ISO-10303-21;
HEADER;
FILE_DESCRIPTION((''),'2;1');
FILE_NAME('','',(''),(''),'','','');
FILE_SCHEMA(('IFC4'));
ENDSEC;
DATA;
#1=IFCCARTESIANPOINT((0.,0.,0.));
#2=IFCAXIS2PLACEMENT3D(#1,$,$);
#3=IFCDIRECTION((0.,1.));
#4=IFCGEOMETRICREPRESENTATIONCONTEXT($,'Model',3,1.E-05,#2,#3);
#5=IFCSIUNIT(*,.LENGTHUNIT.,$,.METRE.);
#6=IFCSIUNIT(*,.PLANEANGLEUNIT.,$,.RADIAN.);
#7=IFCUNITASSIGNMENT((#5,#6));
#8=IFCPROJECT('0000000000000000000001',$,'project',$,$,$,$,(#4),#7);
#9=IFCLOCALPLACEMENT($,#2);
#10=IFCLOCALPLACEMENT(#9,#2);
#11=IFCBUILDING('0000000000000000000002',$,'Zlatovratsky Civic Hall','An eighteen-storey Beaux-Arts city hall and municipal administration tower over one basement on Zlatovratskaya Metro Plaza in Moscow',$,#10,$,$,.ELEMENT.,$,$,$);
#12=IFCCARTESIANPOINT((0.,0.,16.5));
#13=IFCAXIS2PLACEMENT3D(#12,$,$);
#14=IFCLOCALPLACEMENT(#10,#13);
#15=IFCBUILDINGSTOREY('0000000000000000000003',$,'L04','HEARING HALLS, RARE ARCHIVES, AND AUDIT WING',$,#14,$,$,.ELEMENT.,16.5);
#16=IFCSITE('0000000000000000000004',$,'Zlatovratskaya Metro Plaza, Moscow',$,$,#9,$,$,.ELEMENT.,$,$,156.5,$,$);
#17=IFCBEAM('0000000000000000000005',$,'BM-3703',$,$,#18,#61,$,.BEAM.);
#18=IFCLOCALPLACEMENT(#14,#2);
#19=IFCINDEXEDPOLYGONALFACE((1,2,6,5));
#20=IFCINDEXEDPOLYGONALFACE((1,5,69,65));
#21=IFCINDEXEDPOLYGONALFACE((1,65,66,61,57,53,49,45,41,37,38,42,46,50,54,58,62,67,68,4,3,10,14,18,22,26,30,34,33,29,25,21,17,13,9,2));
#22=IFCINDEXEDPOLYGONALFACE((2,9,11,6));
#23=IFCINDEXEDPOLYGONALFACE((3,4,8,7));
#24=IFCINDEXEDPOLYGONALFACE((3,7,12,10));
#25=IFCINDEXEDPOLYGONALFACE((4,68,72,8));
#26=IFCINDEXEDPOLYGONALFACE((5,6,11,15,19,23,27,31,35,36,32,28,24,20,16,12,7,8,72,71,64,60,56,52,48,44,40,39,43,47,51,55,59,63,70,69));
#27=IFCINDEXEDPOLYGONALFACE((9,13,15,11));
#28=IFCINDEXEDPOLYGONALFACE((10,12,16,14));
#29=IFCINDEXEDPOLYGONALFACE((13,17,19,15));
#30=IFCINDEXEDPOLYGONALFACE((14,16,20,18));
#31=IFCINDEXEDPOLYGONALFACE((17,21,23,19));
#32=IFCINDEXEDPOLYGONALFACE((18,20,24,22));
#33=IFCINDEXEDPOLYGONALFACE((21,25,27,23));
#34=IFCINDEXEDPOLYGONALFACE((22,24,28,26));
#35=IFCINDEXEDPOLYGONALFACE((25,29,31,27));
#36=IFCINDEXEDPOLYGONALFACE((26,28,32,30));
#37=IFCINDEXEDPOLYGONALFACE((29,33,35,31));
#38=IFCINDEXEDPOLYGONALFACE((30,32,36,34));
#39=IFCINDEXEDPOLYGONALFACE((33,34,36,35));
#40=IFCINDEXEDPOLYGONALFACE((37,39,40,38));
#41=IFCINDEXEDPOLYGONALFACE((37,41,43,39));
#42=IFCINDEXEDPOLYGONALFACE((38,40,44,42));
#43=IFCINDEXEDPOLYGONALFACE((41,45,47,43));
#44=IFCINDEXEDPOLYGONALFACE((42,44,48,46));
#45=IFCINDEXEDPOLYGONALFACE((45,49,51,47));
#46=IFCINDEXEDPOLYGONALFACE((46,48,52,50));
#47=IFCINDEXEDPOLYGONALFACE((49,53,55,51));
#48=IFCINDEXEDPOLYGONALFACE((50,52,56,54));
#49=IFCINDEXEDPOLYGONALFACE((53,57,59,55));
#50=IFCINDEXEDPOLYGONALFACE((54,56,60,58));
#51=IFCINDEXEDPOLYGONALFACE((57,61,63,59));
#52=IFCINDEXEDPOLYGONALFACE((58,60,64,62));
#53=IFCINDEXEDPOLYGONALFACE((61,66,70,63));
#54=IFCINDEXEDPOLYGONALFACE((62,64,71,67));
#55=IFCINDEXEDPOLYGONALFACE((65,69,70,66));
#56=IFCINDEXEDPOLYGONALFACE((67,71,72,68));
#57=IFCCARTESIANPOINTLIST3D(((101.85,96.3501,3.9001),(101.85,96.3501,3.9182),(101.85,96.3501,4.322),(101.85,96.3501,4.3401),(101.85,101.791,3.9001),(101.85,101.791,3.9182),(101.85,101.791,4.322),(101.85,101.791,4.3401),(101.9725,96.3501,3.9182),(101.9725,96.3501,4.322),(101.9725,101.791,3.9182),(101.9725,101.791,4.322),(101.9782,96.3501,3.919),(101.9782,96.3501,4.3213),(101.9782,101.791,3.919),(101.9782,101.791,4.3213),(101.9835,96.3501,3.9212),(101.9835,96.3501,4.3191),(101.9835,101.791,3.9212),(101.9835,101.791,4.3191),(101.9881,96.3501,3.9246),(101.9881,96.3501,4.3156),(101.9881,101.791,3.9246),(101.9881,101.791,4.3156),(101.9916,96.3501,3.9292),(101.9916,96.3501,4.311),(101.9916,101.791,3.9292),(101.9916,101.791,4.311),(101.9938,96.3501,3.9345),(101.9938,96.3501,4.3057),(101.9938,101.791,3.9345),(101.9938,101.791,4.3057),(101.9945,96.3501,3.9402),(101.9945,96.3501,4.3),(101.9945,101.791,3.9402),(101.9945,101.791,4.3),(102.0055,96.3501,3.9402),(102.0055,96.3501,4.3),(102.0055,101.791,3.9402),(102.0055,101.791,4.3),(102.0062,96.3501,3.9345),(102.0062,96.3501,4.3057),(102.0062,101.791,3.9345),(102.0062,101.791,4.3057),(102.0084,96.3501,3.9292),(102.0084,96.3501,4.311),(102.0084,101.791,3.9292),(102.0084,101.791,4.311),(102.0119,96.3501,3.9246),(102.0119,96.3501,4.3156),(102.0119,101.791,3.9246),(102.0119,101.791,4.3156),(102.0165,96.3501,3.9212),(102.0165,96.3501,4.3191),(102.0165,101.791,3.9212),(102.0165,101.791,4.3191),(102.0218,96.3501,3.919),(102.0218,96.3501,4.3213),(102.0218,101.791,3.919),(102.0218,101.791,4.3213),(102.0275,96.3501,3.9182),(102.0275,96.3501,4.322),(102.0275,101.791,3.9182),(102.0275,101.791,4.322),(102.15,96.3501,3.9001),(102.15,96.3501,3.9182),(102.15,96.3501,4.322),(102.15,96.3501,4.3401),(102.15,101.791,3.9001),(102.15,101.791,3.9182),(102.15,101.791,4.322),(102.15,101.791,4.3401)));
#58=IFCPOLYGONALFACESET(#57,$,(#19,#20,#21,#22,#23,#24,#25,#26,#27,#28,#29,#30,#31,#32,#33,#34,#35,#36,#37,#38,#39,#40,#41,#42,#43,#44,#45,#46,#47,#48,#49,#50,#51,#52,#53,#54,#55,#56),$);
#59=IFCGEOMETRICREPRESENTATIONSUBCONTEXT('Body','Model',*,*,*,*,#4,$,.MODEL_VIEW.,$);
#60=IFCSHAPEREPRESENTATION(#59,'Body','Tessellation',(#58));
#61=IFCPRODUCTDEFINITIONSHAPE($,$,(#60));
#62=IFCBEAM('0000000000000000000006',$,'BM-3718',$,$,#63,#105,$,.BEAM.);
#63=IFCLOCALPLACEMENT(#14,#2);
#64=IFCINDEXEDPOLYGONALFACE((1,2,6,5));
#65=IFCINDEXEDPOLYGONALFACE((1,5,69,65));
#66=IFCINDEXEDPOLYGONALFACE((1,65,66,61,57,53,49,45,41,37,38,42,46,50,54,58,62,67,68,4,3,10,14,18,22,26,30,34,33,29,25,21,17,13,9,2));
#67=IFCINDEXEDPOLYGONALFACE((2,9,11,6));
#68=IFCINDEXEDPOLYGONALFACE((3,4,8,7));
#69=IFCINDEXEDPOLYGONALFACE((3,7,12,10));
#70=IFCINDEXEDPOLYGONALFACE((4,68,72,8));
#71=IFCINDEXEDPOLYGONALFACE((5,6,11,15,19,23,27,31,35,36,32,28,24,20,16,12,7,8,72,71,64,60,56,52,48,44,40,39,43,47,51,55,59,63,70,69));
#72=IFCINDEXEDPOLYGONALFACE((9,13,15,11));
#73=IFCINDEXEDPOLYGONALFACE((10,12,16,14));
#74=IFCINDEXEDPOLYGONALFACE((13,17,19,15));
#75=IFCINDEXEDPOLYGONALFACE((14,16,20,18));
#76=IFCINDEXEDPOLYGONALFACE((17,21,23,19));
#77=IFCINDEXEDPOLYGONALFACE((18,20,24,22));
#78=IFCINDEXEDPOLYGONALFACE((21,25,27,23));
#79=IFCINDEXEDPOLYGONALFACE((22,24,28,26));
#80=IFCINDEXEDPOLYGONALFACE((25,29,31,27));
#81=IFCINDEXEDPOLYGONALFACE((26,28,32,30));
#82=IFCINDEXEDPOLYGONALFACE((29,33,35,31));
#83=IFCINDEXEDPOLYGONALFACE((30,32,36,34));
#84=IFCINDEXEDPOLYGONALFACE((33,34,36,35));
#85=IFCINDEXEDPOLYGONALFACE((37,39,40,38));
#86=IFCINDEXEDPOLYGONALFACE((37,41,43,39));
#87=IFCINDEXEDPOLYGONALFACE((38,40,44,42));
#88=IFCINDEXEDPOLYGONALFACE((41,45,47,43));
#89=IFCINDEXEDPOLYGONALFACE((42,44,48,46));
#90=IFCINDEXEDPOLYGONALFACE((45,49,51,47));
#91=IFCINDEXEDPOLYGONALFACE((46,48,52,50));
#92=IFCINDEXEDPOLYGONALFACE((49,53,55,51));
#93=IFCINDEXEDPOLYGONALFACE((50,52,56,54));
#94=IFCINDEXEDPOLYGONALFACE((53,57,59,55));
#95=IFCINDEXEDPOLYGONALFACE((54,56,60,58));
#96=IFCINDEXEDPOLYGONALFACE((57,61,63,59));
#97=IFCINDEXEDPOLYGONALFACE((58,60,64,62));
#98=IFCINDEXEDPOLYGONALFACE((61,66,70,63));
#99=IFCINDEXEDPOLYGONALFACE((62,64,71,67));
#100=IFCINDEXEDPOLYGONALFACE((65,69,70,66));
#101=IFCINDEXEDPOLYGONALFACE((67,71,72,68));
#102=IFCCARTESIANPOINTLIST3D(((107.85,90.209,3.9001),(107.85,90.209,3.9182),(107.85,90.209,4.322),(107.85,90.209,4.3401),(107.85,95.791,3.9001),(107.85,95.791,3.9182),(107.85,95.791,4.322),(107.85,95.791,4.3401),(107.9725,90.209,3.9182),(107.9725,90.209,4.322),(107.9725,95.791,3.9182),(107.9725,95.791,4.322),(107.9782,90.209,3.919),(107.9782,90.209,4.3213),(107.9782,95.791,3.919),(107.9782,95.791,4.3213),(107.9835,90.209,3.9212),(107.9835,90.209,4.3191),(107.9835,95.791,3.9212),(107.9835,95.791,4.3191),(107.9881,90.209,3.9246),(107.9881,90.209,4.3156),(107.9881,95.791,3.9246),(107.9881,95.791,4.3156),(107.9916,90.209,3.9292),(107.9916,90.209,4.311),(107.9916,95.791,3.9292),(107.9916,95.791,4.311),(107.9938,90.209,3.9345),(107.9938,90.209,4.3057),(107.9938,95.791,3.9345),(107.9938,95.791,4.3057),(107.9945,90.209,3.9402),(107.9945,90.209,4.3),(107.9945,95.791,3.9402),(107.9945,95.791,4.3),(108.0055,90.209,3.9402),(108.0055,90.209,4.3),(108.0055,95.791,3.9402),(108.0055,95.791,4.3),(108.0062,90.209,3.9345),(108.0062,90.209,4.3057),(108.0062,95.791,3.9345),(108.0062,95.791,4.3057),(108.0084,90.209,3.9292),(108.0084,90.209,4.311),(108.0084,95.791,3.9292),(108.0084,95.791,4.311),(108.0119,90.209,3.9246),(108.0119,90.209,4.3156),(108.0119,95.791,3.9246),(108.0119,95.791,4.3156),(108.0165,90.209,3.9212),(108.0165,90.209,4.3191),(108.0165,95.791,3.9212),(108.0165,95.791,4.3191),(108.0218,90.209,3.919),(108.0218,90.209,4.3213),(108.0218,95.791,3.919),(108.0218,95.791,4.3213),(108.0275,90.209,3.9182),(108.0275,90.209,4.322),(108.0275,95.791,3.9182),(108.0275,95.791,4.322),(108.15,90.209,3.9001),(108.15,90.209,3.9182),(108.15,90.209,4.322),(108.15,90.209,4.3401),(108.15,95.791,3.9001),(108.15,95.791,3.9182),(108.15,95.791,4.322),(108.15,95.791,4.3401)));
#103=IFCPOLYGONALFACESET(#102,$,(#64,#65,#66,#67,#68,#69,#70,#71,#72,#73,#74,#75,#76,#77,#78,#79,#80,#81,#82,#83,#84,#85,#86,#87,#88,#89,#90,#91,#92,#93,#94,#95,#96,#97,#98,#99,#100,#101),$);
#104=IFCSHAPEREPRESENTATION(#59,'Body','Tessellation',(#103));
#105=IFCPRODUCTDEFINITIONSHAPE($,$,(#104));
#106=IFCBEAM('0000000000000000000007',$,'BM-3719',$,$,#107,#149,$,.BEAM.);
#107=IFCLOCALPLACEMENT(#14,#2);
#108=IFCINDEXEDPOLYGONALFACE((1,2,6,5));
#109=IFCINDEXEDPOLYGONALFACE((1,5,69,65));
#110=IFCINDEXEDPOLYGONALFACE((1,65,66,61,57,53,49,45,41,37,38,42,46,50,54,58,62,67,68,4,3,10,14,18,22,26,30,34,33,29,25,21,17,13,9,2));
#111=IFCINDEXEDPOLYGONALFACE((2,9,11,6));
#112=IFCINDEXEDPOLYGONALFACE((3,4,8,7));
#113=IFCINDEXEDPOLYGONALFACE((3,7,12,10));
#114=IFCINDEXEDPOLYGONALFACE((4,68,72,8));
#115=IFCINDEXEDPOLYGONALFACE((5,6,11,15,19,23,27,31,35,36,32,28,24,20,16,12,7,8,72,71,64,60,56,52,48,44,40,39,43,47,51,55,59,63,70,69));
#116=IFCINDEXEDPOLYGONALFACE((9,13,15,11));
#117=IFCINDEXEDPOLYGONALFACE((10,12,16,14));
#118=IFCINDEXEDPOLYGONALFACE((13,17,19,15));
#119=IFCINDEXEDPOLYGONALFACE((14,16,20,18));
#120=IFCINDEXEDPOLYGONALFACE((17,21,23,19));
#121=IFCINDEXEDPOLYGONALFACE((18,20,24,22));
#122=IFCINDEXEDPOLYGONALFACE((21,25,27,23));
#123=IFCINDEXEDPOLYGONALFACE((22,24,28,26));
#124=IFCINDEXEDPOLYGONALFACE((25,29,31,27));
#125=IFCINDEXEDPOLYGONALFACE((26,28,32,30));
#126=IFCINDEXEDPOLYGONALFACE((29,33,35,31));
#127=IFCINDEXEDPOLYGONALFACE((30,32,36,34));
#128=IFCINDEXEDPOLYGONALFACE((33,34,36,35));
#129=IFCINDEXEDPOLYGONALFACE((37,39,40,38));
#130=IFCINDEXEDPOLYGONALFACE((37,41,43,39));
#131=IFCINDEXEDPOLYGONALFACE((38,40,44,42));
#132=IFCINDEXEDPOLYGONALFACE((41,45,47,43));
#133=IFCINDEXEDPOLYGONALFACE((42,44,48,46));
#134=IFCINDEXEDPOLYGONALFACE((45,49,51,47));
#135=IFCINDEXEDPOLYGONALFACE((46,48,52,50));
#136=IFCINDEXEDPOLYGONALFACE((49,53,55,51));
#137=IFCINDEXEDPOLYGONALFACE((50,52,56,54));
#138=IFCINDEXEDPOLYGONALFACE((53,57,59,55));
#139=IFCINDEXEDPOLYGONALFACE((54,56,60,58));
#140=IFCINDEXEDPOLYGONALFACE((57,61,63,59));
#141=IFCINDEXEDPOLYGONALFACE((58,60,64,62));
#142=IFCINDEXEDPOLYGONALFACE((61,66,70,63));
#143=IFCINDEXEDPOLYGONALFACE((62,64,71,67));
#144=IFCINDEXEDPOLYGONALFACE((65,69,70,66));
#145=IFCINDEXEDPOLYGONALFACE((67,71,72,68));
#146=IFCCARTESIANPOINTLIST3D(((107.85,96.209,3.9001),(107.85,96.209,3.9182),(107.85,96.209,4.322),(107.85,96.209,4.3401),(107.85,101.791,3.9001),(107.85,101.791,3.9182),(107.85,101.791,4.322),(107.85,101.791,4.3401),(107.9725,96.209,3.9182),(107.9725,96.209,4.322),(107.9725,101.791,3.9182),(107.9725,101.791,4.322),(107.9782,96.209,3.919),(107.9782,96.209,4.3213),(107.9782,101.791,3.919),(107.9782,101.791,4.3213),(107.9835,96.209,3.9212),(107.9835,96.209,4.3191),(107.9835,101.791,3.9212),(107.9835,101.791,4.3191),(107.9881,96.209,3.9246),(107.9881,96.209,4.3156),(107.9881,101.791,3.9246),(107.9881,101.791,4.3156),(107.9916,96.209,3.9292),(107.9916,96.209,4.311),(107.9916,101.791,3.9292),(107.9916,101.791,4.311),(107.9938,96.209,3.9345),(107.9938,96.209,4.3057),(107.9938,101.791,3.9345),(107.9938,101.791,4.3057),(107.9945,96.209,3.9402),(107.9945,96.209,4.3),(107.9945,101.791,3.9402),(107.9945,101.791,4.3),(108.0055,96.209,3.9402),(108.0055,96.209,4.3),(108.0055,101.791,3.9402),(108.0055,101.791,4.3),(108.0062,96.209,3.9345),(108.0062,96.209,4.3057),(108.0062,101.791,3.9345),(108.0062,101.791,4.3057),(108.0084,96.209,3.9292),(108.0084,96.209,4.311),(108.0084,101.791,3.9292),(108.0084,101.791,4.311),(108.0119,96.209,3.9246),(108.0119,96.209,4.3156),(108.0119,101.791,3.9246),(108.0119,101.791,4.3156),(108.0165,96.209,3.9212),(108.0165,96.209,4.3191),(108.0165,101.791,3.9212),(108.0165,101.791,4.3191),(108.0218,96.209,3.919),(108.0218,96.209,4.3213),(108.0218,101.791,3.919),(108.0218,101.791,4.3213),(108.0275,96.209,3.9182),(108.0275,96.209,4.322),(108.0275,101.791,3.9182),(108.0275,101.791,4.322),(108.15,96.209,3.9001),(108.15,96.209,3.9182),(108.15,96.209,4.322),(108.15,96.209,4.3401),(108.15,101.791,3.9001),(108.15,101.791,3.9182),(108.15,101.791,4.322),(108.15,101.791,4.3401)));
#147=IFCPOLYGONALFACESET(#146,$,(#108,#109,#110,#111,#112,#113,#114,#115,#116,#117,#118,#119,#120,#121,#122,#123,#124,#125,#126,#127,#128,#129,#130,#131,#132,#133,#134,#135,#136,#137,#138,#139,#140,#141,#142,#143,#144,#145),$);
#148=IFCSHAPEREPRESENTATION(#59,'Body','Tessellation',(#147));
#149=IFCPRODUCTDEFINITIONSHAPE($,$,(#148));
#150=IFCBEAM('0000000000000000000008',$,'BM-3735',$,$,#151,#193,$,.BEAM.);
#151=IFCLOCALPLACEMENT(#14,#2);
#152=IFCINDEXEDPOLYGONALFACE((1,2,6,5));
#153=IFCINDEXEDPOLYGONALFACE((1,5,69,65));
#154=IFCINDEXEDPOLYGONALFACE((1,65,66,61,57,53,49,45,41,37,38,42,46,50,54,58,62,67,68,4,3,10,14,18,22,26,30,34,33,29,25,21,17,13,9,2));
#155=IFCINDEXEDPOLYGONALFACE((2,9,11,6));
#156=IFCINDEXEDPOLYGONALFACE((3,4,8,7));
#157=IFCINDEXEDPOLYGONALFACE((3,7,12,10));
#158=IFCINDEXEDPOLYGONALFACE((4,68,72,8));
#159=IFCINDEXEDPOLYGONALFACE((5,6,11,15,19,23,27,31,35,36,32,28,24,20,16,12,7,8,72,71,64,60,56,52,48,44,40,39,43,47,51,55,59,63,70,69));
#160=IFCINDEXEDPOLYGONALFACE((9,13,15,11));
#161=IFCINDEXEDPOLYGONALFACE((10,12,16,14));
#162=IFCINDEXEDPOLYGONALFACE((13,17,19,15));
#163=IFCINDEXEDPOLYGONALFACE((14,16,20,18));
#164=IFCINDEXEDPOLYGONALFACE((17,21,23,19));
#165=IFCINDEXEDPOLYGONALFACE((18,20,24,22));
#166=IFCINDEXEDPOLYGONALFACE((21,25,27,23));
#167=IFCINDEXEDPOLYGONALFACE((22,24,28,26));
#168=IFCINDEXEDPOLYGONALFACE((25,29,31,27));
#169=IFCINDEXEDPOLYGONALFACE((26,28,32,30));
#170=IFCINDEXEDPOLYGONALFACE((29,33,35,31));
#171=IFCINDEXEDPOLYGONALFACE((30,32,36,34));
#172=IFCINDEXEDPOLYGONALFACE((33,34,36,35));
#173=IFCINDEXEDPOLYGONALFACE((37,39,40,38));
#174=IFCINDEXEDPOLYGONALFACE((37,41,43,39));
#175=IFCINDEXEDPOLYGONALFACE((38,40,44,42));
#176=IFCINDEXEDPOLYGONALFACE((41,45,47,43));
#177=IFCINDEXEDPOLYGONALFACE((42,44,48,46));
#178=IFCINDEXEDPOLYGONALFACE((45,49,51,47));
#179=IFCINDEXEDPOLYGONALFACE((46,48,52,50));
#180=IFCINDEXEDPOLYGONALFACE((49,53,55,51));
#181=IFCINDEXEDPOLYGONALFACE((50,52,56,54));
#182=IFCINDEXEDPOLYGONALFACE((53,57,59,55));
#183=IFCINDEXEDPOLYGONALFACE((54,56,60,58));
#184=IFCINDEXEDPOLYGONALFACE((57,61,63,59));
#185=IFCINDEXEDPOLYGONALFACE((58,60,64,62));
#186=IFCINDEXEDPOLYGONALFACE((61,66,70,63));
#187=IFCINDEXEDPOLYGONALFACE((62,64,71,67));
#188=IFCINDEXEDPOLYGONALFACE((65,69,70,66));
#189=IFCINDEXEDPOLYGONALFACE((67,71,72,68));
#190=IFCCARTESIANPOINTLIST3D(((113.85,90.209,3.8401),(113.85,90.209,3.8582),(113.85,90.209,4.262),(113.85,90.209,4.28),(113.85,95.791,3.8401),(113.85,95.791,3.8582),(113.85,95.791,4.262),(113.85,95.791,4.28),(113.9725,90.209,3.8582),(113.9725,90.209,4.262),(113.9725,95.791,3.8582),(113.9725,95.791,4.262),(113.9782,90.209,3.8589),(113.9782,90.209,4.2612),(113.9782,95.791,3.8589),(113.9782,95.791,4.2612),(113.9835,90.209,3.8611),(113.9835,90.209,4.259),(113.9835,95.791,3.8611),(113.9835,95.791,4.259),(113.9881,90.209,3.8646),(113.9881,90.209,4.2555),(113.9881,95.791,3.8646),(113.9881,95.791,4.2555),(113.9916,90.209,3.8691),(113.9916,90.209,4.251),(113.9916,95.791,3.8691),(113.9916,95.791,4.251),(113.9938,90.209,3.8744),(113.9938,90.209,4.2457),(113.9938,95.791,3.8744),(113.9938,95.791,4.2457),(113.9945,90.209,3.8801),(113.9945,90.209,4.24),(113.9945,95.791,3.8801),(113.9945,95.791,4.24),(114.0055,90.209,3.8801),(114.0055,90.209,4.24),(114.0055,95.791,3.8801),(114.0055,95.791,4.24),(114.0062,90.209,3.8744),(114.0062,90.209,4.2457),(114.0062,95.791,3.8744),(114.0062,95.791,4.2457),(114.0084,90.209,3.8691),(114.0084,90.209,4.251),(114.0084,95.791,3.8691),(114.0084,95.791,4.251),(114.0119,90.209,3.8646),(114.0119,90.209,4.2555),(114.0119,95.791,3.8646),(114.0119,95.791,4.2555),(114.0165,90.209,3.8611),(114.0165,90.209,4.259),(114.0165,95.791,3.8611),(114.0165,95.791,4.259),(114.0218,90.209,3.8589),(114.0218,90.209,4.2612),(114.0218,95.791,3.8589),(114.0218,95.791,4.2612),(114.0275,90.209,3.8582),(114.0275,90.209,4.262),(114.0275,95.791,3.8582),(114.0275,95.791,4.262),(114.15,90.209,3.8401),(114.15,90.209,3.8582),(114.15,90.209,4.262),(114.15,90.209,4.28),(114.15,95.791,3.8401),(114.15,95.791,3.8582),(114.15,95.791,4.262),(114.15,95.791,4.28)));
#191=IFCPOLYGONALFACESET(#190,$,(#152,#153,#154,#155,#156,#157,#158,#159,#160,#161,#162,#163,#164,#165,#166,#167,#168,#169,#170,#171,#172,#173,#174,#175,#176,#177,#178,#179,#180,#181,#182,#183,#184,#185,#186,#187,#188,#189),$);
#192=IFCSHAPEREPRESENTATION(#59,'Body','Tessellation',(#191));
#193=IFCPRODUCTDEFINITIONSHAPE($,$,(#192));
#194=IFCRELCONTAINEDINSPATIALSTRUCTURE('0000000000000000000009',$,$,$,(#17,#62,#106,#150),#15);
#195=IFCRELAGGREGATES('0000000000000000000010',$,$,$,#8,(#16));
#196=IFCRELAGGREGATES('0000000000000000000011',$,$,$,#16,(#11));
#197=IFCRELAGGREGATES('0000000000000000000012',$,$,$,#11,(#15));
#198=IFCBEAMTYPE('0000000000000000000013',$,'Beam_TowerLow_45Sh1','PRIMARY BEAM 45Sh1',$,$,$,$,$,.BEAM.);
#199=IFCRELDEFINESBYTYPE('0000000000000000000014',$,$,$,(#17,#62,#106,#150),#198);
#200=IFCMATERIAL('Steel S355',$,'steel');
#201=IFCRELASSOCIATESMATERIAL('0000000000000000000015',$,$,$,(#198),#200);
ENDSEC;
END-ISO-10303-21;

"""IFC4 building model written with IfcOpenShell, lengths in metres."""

from ifc_helpers import new_model, si_unit, direction, frame, origin, origin_2d, place, context, subcontext, project, spatial, i_section, extrude, material, material_profile, profile_set, type_object, element, save


model = new_model("IFC4")

# Units and contexts
model_context = context("Model", 3, precision=1e-05, world=origin(), true_north=direction((0.0, 1.0)))
body_context = subcontext(model_context, "Body", "Model", "MODEL_VIEW")
ifc_project = project(units=[si_unit("LENGTHUNIT", "METRE"), si_unit("PLANEANGLEUNIT", "RADIAN")], contexts=[model_context])

# Site, building, storey
site_placement = place(None, origin())
site = spatial("IfcSite", under=ifc_project, at=site_placement, Name="Zlatovratskaya Metro Plaza, Moscow", CompositionType="ELEMENT", RefElevation=156.5)
building_placement = place(site_placement, origin())
building = spatial("IfcBuilding", under=site, at=building_placement, Name="Zlatovratsky Civic Hall", Description="An eighteen-storey Beaux-Arts city hall and municipal administration tower over one basement on Zlatovratskaya Metro Plaza in Moscow", CompositionType="ELEMENT")
storey_placement = place(building_placement, frame((0.0, 0.0, 16.5)))
storey = spatial("IfcBuildingStorey", under=building, at=storey_placement, Name="L04", Description="HEARING HALLS, RARE ARCHIVES, AND AUDIT WING", CompositionType="ELEMENT", Elevation=16.5)

# Shared definitions
ifc_material_1 = material(Name="Steel S355", Category="steel")

# Beams
ifc_material_profile_1 = material_profile(ifc_material_1, i_section(OverallWidth=0.3, OverallDepth=0.4399, WebThickness=0.011, FlangeThickness=0.0181, FilletRadius=0.022, at=origin_2d()), Name="45Sh1")
ifc_profile_set_1 = profile_set([ifc_material_profile_1], Name="Steel S355")
beam_type = type_object("IfcBeamType", Name="Beam_TowerLow_45Sh1", Description="PRIMARY BEAM 45Sh1", PredefinedType="BEAM", material=ifc_profile_set_1)
beam_1_placement = place(storey_placement, frame((102.0, 96.3501, 4.1201), z_axis=(0.0, 1.0, 0.0), x_axis=(-1.0, 0.0, 0.0)))
element("IfcBeam", 1, at=beam_1_placement, inside=storey, type_object=beam_type, Name="BM-3703", PredefinedType="BEAM", context=body_context, shape_type="SweptSolid", body=[
    extrude(i_section(OverallWidth=0.3, OverallDepth=0.4399, WebThickness=0.011, FlangeThickness=0.0181, FilletRadius=0.022, at=origin_2d()), origin(), (0.0, 0.0, 1.0), 5.4409),
])
for number, where, z_axis, x_axis, name in (
    (2, (108.0, 90.209, 4.1201), (0.0, 1.0, 0.0), (-1.0, 0.0, 0.0), "BM-3718"),
    (3, (108.0, 96.209, 4.1201), (0.0, 1.0, 0.0), (-1.0, 0.0, 0.0), "BM-3719"),
    (4, (114.0, 90.209, 4.0601), (0.0, 1.0, 0.0), (-1.0, 0.0, 0.0), "BM-3735"),
):
    element("IfcBeam", number, at=place(storey_placement, frame(where, z_axis=z_axis, x_axis=x_axis)), inside=storey, type_object=beam_type, Name=name, PredefinedType="BEAM", context=body_context, shape_type="SweptSolid", body=[
        extrude(i_section(OverallWidth=0.3, OverallDepth=0.4399, WebThickness=0.011, FlangeThickness=0.0181, FilletRadius=0.022, at=origin_2d()), origin(), (0.0, 0.0, 1.0), 5.582),
    ])

save(model, "model.ifc")
